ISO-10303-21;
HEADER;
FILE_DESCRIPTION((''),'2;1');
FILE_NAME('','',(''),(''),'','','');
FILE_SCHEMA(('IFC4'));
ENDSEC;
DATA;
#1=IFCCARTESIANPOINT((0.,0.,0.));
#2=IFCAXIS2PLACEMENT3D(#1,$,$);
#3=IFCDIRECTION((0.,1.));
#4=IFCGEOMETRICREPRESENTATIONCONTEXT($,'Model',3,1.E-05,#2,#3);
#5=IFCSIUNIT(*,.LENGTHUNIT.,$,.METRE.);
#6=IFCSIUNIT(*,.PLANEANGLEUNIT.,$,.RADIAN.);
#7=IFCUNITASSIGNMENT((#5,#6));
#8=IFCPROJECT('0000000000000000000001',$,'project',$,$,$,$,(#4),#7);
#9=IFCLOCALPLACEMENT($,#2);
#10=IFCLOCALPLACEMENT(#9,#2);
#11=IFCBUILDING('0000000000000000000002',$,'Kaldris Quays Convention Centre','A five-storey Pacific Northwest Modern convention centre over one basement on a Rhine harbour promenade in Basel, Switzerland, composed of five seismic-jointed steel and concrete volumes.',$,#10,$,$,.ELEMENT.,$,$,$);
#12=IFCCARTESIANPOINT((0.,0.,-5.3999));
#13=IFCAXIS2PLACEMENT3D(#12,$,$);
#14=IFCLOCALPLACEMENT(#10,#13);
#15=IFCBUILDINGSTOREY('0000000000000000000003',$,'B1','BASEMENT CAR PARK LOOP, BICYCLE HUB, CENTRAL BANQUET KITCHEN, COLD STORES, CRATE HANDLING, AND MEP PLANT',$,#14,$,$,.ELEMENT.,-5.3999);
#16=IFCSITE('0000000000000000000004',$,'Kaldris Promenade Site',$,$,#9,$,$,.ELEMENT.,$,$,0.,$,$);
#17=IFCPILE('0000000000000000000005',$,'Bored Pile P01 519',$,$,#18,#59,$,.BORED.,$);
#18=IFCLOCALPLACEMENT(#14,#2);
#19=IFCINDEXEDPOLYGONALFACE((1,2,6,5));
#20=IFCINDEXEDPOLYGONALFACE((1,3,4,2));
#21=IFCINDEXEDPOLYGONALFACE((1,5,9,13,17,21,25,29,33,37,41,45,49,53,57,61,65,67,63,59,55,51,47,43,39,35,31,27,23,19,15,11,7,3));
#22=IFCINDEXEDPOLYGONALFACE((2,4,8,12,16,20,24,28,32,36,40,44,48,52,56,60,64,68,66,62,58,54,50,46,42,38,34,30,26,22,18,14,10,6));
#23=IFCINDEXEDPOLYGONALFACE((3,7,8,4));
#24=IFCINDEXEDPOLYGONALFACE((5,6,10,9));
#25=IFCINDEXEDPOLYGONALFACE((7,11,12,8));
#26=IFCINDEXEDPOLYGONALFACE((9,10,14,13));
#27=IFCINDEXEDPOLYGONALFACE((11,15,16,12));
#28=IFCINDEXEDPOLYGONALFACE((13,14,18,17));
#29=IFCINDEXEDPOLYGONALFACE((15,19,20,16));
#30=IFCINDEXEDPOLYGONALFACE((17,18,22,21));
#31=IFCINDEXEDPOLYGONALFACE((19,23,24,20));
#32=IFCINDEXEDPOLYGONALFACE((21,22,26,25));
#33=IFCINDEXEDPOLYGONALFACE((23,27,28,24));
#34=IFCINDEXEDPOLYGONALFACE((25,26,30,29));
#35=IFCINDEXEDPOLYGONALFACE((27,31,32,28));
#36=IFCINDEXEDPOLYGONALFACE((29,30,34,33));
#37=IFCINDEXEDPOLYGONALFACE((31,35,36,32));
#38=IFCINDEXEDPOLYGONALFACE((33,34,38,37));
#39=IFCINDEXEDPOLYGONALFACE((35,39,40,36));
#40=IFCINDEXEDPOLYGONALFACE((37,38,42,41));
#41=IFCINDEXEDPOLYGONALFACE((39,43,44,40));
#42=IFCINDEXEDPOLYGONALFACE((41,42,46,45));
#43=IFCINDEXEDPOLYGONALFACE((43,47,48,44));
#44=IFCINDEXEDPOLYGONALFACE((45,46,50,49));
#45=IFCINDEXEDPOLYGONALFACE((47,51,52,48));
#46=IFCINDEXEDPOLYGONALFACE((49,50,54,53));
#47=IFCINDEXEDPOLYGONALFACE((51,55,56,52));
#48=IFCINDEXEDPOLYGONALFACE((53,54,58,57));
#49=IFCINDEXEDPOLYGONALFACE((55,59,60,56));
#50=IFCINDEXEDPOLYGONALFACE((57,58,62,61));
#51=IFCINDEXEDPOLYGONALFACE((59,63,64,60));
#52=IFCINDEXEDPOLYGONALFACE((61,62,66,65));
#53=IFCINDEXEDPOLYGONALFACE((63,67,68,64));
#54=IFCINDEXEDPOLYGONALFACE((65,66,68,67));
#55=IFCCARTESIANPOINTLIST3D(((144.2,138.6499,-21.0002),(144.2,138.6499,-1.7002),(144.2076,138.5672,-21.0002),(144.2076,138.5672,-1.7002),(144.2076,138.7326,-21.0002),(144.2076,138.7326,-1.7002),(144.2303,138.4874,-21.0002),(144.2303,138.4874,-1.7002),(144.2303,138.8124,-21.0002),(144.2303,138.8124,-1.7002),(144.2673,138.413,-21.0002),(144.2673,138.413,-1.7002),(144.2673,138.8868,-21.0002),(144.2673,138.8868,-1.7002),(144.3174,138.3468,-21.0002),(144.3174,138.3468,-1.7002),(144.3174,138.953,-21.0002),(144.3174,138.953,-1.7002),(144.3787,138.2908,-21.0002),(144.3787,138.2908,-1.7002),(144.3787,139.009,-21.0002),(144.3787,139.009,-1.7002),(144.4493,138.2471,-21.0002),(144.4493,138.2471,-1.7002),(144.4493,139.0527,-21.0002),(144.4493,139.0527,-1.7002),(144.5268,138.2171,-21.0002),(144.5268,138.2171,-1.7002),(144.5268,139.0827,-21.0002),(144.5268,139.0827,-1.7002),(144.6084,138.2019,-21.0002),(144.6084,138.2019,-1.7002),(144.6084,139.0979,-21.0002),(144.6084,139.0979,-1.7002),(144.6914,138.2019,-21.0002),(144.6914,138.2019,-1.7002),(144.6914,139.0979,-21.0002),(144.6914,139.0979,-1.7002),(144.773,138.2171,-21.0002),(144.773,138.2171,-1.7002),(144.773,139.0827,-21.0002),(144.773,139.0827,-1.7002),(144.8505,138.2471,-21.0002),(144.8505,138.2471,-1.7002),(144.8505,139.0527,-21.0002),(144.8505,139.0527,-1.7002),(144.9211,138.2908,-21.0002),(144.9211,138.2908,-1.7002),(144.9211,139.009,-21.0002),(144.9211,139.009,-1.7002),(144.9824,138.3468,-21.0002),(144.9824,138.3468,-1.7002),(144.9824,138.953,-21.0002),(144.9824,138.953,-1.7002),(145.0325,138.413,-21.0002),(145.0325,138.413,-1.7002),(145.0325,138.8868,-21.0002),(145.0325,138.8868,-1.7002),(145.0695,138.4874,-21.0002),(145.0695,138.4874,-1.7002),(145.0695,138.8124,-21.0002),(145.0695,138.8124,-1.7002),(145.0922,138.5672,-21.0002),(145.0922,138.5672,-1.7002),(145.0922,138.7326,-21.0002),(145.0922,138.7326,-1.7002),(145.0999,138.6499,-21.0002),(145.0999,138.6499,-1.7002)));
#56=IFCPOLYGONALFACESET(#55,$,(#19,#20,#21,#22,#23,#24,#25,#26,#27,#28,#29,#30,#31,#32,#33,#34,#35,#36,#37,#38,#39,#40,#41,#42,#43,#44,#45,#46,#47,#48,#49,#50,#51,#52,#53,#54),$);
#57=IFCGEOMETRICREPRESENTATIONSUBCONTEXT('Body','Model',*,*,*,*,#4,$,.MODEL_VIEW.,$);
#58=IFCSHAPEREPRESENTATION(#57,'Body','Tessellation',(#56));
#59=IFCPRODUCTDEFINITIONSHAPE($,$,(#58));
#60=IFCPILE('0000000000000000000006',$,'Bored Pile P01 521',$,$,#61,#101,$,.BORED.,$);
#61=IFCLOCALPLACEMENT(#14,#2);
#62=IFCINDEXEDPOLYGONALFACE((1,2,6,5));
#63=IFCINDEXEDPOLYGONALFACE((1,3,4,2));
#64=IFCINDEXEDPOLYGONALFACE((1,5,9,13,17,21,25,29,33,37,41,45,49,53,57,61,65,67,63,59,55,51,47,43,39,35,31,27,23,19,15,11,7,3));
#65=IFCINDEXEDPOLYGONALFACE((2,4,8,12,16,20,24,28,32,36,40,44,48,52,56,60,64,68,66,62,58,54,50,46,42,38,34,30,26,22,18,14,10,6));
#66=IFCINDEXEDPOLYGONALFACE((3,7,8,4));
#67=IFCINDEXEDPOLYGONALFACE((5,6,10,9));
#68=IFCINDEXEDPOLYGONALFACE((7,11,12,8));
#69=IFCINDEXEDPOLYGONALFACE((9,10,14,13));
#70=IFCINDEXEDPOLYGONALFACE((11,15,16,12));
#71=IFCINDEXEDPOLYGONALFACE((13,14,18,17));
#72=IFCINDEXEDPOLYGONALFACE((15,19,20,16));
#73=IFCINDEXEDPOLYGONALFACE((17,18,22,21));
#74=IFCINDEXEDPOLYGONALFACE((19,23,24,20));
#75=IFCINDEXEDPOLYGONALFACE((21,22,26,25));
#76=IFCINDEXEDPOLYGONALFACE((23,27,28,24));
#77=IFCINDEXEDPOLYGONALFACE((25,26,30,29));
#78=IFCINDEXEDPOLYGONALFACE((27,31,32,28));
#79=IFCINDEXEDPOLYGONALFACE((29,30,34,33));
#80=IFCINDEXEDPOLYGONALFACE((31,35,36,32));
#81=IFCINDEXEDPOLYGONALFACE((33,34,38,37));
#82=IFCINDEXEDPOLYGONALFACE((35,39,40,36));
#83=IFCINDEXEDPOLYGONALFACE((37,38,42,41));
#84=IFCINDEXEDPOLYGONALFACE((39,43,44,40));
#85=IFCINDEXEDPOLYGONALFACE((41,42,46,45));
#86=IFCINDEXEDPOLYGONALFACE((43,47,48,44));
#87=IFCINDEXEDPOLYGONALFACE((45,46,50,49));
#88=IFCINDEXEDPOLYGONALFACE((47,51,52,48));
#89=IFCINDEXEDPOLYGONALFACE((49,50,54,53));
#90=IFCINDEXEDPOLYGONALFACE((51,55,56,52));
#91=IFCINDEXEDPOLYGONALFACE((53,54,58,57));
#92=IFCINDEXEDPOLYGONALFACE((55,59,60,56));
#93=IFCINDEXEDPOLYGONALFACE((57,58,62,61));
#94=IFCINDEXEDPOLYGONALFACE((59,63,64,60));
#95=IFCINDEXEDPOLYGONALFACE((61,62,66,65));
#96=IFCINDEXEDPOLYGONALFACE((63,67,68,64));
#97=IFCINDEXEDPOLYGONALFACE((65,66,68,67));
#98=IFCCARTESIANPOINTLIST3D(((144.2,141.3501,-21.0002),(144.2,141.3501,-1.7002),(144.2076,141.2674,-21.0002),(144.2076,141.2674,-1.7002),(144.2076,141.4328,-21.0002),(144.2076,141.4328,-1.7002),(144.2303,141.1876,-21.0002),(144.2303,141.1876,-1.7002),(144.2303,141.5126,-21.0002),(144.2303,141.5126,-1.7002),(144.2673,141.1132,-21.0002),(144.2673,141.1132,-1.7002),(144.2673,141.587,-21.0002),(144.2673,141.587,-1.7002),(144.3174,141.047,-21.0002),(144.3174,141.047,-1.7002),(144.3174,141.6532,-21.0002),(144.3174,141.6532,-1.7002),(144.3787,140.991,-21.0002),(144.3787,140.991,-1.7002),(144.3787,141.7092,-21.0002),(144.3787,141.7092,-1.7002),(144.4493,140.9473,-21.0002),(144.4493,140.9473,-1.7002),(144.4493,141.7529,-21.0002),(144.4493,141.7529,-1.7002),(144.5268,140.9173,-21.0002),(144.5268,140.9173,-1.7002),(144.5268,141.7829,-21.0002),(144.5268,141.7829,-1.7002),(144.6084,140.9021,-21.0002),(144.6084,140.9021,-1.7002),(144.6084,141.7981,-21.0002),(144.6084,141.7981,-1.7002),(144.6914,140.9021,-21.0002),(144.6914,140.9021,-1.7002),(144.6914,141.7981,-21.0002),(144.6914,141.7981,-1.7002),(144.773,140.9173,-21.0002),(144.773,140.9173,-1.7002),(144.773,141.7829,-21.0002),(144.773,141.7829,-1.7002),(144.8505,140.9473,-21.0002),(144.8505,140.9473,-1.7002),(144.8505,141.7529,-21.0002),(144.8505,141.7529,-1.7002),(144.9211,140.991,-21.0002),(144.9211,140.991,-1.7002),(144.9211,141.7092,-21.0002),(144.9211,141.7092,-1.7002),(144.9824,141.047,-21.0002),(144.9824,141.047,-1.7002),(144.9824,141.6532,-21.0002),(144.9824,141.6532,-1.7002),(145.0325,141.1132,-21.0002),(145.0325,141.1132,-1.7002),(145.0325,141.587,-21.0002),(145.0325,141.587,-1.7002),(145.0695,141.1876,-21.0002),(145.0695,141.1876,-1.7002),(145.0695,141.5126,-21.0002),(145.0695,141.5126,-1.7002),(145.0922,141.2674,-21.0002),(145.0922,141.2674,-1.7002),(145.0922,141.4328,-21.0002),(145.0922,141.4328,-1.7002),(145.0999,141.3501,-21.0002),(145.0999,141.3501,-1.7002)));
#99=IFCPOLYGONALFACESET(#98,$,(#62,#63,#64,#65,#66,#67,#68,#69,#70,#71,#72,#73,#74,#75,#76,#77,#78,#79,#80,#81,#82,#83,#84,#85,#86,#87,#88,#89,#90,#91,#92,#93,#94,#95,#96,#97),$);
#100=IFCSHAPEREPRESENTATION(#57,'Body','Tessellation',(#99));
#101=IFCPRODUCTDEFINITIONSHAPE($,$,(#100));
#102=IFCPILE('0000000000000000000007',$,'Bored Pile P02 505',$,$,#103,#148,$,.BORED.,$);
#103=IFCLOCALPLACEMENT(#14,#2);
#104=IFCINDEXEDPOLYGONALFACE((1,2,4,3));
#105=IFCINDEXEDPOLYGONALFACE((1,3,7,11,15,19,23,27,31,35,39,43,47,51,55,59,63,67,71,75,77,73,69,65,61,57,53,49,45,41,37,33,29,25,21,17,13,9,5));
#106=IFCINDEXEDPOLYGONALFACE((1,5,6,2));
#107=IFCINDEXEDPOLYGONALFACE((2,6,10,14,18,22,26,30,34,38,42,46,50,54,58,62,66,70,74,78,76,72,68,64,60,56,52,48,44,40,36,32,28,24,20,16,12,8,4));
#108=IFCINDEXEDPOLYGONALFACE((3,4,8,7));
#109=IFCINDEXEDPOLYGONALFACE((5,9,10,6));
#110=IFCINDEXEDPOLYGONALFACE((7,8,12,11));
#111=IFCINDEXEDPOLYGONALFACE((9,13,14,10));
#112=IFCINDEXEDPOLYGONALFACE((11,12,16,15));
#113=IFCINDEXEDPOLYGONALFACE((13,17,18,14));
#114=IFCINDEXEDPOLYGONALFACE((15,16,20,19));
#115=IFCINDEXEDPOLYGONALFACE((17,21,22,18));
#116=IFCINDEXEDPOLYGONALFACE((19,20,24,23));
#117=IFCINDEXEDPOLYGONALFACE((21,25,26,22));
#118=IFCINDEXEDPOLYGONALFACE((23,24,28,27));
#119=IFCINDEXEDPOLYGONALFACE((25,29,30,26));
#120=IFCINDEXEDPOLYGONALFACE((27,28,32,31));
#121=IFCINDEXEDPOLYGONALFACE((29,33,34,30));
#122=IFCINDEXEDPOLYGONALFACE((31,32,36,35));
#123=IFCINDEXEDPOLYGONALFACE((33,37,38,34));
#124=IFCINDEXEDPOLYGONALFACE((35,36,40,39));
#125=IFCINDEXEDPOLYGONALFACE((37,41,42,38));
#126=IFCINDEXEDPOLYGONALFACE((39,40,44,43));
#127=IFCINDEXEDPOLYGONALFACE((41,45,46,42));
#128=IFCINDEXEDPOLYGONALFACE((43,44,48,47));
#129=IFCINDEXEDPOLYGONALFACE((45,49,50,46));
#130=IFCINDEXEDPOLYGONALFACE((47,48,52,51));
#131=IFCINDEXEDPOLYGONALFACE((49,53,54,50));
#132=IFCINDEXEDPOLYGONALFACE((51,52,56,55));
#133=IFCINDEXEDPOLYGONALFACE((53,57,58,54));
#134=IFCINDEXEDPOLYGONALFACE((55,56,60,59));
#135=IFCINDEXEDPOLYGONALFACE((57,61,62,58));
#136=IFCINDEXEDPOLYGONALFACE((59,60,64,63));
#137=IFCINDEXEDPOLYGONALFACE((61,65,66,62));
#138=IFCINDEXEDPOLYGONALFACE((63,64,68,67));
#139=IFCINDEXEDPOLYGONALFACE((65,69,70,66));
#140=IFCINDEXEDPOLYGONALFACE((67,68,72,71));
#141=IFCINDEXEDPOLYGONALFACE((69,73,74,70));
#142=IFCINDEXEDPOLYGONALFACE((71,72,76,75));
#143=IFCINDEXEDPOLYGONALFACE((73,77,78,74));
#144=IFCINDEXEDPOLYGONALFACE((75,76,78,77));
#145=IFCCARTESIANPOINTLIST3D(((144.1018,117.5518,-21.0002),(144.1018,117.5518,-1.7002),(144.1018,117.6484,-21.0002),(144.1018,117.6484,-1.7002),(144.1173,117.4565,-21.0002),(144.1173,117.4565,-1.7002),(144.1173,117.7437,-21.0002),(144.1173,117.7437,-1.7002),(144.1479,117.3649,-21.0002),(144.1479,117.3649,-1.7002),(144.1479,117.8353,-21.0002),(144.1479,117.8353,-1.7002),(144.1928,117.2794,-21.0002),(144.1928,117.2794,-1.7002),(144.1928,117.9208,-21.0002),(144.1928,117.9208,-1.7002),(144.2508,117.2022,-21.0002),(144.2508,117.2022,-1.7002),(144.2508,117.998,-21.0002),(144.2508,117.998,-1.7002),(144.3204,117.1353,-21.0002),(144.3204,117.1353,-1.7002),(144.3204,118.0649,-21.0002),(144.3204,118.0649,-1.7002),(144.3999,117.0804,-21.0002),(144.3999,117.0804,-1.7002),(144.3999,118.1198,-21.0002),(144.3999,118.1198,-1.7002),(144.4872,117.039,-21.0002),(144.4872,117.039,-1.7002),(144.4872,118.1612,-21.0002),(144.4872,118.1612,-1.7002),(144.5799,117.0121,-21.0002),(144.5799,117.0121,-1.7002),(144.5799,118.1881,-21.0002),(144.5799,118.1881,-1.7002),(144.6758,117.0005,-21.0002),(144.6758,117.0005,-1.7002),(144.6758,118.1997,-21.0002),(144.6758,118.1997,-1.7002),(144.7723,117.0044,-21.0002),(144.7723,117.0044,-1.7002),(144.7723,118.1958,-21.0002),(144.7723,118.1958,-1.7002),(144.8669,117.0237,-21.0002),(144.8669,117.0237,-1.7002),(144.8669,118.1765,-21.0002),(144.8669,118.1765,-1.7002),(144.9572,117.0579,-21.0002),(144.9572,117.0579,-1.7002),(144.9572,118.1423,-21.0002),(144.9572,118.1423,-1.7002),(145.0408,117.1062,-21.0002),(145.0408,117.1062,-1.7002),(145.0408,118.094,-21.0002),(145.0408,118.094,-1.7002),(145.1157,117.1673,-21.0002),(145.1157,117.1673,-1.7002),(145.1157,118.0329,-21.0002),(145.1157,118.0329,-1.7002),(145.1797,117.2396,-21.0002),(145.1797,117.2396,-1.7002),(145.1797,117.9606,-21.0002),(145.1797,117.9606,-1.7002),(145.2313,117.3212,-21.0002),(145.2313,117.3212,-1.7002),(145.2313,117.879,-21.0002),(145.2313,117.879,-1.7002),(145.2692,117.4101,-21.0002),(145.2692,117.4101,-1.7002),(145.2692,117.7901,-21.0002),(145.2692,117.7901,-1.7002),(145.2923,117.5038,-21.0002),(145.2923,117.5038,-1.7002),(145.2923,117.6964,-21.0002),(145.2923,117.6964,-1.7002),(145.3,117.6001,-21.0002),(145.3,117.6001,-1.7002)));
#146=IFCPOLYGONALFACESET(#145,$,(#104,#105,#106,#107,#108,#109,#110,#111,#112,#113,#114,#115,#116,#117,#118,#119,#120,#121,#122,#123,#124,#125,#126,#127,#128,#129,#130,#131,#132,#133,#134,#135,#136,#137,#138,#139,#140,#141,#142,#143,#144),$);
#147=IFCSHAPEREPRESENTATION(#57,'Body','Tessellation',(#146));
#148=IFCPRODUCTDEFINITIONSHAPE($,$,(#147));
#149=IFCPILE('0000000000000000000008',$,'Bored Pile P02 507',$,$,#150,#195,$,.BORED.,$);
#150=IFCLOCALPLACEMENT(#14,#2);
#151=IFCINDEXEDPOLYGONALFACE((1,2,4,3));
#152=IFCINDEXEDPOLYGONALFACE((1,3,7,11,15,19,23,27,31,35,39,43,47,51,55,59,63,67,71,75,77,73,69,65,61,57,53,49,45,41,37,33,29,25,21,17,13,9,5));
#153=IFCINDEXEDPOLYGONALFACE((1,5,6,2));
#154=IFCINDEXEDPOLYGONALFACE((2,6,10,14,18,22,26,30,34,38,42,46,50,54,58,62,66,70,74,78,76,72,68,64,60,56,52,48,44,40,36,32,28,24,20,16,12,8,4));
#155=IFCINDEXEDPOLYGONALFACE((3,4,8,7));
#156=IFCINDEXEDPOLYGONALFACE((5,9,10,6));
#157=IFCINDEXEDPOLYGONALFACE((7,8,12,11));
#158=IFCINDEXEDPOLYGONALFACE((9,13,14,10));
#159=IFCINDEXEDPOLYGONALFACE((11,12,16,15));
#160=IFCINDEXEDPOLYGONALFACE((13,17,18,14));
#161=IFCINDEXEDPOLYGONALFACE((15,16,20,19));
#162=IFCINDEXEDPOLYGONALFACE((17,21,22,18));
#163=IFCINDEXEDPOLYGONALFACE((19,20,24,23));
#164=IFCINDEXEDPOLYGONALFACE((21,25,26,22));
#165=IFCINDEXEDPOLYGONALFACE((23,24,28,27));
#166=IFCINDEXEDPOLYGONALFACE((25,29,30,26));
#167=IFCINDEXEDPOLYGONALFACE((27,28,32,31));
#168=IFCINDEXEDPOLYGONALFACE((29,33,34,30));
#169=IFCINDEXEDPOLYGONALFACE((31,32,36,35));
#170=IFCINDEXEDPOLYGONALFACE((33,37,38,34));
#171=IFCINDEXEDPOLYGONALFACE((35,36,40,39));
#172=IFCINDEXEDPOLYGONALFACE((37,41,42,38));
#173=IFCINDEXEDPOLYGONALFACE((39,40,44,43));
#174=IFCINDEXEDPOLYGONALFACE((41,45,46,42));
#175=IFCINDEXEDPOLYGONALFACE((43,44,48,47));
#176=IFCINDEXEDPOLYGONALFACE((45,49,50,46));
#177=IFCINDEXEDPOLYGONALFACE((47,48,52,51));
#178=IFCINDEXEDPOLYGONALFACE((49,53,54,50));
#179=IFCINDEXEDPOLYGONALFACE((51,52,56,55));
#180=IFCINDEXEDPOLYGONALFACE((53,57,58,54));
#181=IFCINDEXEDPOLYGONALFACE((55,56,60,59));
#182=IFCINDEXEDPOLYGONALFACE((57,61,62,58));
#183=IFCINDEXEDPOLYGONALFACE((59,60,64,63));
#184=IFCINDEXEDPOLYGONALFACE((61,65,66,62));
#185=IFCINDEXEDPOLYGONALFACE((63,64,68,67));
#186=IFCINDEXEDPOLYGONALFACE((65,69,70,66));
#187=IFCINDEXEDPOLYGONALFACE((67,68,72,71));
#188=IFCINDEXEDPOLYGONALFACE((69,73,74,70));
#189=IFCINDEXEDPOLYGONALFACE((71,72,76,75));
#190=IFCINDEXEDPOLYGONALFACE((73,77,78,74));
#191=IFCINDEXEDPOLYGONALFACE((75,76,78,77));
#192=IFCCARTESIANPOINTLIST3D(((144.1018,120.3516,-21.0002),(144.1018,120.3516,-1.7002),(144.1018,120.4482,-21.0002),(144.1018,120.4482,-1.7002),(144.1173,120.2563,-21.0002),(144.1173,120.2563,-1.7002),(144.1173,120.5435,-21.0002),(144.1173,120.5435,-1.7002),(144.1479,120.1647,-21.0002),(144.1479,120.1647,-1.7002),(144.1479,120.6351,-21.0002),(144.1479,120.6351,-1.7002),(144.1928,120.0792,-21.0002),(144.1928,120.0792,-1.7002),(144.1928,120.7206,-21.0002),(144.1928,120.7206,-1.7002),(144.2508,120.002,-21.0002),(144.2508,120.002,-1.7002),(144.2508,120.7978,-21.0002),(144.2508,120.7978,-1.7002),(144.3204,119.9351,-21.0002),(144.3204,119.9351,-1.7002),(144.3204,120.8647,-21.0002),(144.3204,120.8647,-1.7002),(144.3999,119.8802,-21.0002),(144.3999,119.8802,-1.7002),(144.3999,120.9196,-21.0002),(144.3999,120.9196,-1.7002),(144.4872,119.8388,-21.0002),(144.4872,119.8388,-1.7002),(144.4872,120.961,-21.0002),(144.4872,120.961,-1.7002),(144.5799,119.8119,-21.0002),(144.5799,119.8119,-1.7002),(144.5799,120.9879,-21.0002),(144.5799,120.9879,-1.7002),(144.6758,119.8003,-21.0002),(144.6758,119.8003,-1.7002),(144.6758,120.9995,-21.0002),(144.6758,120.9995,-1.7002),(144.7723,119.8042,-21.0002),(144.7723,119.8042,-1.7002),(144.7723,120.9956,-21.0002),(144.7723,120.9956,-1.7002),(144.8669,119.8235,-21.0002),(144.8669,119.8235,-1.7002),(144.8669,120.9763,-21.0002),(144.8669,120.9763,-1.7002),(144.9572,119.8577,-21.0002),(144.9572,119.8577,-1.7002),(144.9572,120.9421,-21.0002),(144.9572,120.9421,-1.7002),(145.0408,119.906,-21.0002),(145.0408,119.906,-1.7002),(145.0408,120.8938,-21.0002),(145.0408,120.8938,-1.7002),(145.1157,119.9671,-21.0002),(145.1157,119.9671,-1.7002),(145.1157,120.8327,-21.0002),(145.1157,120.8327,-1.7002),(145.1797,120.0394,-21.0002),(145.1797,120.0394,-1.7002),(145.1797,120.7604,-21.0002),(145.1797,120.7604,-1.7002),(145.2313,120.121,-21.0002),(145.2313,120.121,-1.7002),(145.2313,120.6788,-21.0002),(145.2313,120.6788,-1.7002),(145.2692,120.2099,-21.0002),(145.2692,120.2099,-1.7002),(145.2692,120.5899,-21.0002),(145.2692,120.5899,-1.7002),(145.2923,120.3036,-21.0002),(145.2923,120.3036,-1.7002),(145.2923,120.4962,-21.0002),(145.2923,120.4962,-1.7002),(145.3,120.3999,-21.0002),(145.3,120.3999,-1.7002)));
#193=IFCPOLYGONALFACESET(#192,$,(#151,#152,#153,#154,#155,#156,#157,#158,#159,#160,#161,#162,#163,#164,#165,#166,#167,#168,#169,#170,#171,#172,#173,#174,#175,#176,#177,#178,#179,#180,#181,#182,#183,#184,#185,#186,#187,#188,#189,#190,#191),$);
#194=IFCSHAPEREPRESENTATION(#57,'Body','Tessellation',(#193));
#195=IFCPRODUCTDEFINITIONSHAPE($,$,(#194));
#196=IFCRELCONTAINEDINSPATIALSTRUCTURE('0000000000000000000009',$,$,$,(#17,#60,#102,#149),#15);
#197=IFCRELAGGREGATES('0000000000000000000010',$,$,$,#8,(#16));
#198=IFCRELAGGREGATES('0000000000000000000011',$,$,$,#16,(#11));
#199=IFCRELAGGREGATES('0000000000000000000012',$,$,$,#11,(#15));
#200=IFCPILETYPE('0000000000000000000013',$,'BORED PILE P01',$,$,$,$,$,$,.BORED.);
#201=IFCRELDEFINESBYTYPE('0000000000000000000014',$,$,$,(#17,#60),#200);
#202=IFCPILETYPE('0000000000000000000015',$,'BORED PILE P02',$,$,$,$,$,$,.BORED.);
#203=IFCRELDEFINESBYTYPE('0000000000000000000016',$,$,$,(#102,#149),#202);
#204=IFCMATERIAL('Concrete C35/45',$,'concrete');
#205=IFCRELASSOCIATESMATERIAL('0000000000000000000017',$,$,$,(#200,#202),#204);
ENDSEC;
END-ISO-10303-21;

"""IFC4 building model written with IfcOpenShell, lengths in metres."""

from ifc_helpers import new_model, si_unit, direction, frame, origin, origin_2d, place, context, subcontext, project, spatial, circle, extrude, material, material_profile, profile_set, type_object, element, save


model = new_model("IFC4")

# Units and contexts
model_context = context("Model", 3, precision=1e-05, world=origin(), true_north=direction((0.0, 1.0)))
body_context = subcontext(model_context, "Body", "Model", "MODEL_VIEW")
ifc_project = project(units=[si_unit("LENGTHUNIT", "METRE"), si_unit("PLANEANGLEUNIT", "RADIAN")], contexts=[model_context])

# Site, building, storey
site_placement = place(None, origin())
site = spatial("IfcSite", under=ifc_project, at=site_placement, Name="Kaldris Promenade Site", CompositionType="ELEMENT", RefElevation=0.0)
building_placement = place(site_placement, origin())
building = spatial("IfcBuilding", under=site, at=building_placement, Name="Kaldris Quays Convention Centre", Description="A five-storey Pacific Northwest Modern convention centre over one basement on a Rhine harbour promenade in Basel, Switzerland, composed of five seismic-jointed steel and concrete volumes.", CompositionType="ELEMENT")
storey_placement = place(building_placement, frame((0.0, 0.0, -5.3999)))
storey = spatial("IfcBuildingStorey", under=building, at=storey_placement, Name="B1", Description="BASEMENT CAR PARK LOOP, BICYCLE HUB, CENTRAL BANQUET KITCHEN, COLD STORES, CRATE HANDLING, AND MEP PLANT", CompositionType="ELEMENT", Elevation=-5.3999)

# Piles
ifc_material_1 = material(Name="Concrete C35/45", Category="concrete")
ifc_material_profile_1 = material_profile(ifc_material_1, circle(Radius=0.45, at=origin_2d()), Name="BORED PILE D900")
ifc_profile_set_1 = profile_set([ifc_material_profile_1], Name="Concrete C35/45")
pile_type_1 = type_object("IfcPileType", Name="BORED PILE P01", PredefinedType="BORED", material=ifc_profile_set_1)
for number, where, z_axis, x_axis, name in (
    (1, (144.6499, 138.6499, -1.7002), (0.0, 0.0, -1.0), (1.0, 0.0, 0.0), "Bored Pile P01 519"),
    (2, (144.6499, 141.3501, -1.7002), (0.0, 0.0, -1.0), (1.0, 0.0, 0.0), "Bored Pile P01 521"),
):
    element("IfcPile", number, at=place(storey_placement, frame(where, z_axis=z_axis, x_axis=x_axis)), inside=storey, type_object=pile_type_1, Name=name, PredefinedType="BORED", context=body_context, shape_type="SweptSolid", body=[
        extrude(circle(Radius=0.45, at=origin_2d()), origin(), (0.0, 0.0, 1.0), 19.3),
    ])
ifc_material_profile_2 = material_profile(ifc_material_1, circle(Radius=0.6001, at=origin_2d()), Name="BORED PILE D1200")
ifc_profile_set_2 = profile_set([ifc_material_profile_2], Name="Concrete C35/45")
pile_type_2 = type_object("IfcPileType", Name="BORED PILE P02", PredefinedType="BORED", material=ifc_profile_set_2)
for number, where, z_axis, x_axis, name in (
    (3, (144.7, 117.6001, -1.7002), (0.0, 0.0, -1.0), (1.0, 0.0, 0.0), "Bored Pile P02 505"),
    (4, (144.7, 120.3999, -1.7002), (0.0, 0.0, -1.0), (1.0, 0.0, 0.0), "Bored Pile P02 507"),
):
    element("IfcPile", number, at=place(storey_placement, frame(where, z_axis=z_axis, x_axis=x_axis)), inside=storey, type_object=pile_type_2, Name=name, PredefinedType="BORED", context=body_context, shape_type="SweptSolid", body=[
        extrude(circle(Radius=0.6001, at=origin_2d()), origin(), (0.0, 0.0, 1.0), 19.3),
    ])

save(model, "model.ifc")
